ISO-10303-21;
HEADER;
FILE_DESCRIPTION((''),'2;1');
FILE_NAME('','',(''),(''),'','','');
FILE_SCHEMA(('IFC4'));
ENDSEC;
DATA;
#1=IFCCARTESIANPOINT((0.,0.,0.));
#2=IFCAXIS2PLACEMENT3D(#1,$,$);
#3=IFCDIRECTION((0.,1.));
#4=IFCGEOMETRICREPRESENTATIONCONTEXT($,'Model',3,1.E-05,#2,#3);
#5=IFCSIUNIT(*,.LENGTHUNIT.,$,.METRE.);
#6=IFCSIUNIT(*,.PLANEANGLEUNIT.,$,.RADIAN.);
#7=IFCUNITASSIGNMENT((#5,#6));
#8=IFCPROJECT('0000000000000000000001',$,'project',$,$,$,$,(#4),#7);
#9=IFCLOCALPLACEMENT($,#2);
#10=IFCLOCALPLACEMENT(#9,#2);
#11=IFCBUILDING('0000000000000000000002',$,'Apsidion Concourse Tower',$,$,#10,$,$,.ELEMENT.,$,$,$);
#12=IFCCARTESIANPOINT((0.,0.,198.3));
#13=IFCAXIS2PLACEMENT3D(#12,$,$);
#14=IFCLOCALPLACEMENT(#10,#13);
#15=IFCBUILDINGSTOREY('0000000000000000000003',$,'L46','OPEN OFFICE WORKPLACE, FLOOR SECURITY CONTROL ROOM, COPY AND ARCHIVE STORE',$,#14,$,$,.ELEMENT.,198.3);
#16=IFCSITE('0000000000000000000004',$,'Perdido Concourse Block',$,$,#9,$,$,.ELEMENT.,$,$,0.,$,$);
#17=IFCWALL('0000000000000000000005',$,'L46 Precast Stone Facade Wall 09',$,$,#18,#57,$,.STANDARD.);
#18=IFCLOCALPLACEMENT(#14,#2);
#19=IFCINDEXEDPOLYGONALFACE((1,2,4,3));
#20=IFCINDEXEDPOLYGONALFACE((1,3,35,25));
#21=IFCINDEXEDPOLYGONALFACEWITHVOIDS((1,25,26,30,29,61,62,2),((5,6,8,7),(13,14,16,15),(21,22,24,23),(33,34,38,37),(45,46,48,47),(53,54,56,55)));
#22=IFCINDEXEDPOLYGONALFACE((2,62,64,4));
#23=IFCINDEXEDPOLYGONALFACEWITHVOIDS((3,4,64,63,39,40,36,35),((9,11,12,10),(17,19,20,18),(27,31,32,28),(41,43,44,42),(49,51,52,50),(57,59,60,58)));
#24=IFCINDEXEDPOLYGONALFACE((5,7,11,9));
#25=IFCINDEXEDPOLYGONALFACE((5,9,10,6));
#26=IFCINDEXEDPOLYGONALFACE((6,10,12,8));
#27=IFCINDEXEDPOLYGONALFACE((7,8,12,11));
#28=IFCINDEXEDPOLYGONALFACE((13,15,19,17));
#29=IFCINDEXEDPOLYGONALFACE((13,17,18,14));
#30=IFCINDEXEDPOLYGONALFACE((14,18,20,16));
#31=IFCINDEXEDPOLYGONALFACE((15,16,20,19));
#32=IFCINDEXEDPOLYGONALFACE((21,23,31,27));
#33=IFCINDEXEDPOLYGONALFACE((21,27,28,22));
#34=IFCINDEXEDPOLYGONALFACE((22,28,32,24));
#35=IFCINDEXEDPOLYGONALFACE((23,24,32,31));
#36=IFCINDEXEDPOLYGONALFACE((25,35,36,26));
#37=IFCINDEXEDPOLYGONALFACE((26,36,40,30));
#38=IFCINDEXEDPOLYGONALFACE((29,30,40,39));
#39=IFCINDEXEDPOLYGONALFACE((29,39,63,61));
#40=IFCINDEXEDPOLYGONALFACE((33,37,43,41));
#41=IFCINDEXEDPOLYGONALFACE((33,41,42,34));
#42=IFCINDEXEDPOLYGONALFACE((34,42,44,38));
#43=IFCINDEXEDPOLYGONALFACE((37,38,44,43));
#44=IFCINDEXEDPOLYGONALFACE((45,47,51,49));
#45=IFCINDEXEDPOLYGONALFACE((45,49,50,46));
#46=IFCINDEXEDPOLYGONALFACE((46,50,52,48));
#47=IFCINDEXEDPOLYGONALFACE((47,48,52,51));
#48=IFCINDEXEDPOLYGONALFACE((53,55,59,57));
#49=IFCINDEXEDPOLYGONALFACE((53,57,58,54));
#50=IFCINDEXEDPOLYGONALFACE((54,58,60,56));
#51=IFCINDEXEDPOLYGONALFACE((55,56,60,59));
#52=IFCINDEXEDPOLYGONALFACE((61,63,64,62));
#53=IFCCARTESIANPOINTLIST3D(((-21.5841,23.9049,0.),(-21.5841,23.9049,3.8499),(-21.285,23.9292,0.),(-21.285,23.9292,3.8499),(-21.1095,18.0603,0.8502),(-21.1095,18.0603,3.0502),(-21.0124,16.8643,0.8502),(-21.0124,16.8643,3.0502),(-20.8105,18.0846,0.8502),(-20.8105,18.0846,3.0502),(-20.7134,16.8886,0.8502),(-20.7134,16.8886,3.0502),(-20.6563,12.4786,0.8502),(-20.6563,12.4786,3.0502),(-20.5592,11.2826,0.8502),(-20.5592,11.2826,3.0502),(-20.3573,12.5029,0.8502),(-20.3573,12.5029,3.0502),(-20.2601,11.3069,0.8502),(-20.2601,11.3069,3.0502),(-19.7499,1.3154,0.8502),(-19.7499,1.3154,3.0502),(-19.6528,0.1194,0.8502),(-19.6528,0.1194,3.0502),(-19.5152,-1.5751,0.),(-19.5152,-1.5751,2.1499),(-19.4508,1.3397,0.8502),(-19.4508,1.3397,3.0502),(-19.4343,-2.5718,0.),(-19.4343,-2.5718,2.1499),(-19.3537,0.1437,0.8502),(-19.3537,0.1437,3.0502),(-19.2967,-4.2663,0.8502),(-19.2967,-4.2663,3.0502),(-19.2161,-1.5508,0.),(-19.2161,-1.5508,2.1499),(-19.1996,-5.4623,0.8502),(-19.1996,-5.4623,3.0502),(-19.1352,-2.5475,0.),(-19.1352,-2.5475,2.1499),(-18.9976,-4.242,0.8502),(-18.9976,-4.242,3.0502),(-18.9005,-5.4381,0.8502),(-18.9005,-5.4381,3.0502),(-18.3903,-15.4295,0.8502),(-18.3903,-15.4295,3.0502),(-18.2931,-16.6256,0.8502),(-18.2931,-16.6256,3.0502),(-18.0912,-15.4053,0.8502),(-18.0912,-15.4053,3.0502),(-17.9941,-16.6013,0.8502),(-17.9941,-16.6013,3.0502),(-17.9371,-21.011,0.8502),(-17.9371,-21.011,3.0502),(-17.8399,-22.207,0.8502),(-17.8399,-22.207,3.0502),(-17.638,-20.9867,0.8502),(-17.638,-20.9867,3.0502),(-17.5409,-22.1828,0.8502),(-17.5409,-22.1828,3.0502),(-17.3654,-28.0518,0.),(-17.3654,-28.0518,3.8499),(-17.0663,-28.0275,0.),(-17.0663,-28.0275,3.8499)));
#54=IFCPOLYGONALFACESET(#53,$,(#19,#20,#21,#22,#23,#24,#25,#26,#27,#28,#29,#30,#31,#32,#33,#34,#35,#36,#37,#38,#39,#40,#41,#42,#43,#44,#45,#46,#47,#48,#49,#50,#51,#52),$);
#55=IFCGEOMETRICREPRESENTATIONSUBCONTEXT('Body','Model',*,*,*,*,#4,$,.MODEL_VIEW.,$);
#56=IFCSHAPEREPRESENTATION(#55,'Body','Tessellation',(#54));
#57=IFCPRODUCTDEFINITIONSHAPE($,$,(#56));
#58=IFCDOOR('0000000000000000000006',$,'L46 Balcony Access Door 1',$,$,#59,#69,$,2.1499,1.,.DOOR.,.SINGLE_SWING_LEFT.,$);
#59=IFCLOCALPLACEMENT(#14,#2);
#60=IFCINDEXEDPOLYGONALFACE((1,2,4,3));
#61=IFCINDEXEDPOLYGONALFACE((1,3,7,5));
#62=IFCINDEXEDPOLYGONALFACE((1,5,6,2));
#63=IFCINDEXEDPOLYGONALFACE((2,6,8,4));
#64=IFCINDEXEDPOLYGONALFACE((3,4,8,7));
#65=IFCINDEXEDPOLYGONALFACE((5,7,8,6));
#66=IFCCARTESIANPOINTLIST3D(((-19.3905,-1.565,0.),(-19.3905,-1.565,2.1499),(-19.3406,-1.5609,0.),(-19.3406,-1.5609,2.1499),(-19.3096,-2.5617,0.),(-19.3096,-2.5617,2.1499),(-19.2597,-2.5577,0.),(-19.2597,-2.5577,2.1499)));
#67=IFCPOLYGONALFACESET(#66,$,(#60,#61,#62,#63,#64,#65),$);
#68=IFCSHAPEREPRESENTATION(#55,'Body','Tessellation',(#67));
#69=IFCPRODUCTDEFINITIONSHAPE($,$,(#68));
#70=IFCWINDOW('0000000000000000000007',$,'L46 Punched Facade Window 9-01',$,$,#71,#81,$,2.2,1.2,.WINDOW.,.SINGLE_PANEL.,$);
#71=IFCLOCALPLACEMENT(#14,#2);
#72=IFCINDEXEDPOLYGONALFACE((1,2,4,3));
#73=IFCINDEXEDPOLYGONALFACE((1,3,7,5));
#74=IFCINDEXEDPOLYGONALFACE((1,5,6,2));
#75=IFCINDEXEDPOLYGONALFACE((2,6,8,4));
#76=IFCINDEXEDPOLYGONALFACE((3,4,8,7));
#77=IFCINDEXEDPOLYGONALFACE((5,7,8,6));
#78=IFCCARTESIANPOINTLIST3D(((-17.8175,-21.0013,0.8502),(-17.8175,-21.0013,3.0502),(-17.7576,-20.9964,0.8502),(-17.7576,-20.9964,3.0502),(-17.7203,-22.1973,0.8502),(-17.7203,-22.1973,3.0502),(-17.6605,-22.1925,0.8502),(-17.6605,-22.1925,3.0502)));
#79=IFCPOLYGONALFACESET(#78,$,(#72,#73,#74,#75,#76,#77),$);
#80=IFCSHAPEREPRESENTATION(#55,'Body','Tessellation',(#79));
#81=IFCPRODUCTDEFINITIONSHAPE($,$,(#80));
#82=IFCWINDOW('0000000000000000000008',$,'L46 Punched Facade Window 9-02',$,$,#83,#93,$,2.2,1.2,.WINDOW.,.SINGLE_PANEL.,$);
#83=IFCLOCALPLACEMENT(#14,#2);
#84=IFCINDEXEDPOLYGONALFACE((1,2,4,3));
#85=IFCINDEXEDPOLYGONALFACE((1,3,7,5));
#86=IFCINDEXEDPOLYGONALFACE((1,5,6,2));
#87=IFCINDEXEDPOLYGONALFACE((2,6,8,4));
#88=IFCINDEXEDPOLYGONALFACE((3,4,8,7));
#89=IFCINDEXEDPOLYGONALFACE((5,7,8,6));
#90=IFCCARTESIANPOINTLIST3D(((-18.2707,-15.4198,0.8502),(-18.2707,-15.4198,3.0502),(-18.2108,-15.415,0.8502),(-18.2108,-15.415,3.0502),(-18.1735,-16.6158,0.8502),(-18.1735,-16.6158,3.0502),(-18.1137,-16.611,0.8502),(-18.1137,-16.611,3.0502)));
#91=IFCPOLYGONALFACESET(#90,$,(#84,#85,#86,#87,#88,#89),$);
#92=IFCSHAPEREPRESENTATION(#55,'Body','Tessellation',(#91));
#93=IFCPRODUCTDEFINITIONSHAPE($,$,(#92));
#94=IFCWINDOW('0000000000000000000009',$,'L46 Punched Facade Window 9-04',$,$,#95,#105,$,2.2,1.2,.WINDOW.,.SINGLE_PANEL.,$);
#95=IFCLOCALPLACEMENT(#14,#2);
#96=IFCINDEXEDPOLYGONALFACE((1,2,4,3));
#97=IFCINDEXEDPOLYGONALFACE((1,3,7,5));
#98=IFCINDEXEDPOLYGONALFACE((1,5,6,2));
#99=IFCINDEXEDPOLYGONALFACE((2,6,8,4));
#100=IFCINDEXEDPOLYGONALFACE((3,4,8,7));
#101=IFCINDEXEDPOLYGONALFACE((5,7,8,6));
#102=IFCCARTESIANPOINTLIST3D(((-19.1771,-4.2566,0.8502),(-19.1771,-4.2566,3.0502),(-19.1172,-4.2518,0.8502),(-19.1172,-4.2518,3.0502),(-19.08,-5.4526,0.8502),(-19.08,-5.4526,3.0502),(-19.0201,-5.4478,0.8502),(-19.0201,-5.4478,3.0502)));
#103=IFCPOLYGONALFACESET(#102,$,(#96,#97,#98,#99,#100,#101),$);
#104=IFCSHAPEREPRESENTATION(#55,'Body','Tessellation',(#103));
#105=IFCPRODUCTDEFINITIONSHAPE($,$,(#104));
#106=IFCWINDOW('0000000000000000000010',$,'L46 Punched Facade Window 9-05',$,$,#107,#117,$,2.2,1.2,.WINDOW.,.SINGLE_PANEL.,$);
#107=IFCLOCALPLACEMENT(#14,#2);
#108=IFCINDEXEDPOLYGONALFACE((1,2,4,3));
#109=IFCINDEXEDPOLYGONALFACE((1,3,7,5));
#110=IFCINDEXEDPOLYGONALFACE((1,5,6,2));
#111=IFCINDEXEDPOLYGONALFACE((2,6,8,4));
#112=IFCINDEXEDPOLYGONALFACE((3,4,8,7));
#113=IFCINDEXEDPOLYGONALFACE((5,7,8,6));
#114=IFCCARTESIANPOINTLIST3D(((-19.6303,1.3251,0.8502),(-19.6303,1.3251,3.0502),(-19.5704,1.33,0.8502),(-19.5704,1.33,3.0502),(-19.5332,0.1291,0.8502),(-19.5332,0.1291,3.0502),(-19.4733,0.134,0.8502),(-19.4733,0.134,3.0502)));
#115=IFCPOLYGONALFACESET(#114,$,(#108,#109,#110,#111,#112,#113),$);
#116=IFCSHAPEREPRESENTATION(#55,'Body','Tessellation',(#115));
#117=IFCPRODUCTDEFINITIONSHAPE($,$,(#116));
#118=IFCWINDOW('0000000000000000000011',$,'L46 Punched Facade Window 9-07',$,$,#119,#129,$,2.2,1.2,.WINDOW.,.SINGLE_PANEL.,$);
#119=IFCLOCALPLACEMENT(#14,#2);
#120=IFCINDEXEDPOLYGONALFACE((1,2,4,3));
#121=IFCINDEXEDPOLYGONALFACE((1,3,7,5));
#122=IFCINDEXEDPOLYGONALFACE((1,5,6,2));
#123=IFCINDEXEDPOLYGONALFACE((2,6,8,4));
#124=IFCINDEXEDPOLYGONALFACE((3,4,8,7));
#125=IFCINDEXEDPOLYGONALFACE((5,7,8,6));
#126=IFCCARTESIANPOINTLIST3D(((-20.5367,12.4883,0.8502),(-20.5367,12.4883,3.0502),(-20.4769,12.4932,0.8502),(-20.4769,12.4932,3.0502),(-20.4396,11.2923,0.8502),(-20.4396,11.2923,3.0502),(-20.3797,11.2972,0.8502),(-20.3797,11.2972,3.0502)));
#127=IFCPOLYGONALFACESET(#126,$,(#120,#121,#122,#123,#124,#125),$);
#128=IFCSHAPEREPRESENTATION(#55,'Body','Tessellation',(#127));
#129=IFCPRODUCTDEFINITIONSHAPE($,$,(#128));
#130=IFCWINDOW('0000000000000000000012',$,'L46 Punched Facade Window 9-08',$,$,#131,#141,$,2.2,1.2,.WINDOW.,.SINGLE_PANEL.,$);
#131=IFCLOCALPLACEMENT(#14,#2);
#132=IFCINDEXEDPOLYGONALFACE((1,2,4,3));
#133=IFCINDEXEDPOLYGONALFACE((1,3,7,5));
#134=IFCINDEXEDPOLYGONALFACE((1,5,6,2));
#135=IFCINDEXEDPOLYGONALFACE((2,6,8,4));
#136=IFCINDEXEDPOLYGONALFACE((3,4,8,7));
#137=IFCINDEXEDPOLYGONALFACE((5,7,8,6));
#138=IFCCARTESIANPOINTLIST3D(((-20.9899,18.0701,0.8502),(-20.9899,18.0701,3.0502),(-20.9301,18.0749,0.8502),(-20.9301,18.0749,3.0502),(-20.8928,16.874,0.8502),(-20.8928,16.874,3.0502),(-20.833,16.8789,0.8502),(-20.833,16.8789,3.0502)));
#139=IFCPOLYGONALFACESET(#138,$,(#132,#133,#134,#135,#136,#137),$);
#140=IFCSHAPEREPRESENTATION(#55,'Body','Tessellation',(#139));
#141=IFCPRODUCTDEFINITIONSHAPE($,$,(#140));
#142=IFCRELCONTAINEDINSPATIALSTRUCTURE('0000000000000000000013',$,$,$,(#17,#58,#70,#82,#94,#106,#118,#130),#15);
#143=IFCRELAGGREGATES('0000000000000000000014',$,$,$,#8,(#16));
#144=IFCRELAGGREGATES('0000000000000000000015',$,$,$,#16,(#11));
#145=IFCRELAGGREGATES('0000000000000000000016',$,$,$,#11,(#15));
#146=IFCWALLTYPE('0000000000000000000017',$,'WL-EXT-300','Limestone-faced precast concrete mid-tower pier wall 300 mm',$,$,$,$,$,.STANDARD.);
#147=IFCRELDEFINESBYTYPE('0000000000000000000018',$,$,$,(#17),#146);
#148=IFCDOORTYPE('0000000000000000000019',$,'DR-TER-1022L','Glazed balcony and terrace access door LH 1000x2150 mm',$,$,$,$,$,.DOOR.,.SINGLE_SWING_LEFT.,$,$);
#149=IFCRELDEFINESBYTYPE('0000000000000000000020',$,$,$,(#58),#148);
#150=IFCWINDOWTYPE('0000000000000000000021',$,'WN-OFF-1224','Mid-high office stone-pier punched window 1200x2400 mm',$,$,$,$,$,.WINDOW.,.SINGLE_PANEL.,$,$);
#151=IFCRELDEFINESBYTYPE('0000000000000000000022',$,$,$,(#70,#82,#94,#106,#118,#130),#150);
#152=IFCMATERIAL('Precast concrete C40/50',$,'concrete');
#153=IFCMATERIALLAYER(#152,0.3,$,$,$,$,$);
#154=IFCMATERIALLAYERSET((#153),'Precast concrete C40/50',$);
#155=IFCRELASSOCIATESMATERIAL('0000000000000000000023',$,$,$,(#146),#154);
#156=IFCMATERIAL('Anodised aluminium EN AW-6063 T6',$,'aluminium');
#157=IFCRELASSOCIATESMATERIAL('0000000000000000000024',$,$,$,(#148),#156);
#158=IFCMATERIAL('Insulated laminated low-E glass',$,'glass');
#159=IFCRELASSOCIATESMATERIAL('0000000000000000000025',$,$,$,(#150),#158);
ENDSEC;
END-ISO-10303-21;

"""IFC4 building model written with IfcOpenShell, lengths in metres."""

from ifc_helpers import new_model, si_unit, direction, frame, frame_2d, origin, place, context, subcontext, project, spatial, rectangle, extrude, material, layer, layer_set, type_object, element, fill, save


model = new_model("IFC4")

# Units and contexts
model_context = context("Model", 3, precision=1e-05, world=origin(), true_north=direction((0.0, 1.0)))
body_context = subcontext(model_context, "Body", "Model", "MODEL_VIEW")
ifc_project = project(units=[si_unit("LENGTHUNIT", "METRE"), si_unit("PLANEANGLEUNIT", "RADIAN")], contexts=[model_context])

# Site, building, storey
site_placement = place(None, origin())
site = spatial("IfcSite", under=ifc_project, at=site_placement, Name="Perdido Concourse Block", CompositionType="ELEMENT", RefElevation=0.0)
building_placement = place(site_placement, origin())
building = spatial("IfcBuilding", under=site, at=building_placement, Name="Apsidion Concourse Tower", CompositionType="ELEMENT")
storey_placement = place(building_placement, frame((0.0, 0.0, 198.3)))
storey = spatial("IfcBuildingStorey", under=building, at=storey_placement, Name="L46", Description="OPEN OFFICE WORKPLACE, FLOOR SECURITY CONTROL ROOM, COPY AND ARCHIVE STORE", CompositionType="ELEMENT", Elevation=198.3)

# Shared definitions
ifc_material_1 = material(Name="Precast concrete C40/50", Category="concrete")
ifc_layer_1 = layer(ifc_material_1, 0.3)
ifc_layer_set_1 = layer_set([ifc_layer_1], Name="Precast concrete C40/50")
wall_type_1 = type_object("IfcWallType", Name="WL-EXT-300", Description="Limestone-faced precast concrete mid-tower pier wall 300 mm", PredefinedType="STANDARD", material=ifc_layer_set_1)

# Wall, openings, door, windows
wall_1_placement = place(storey_placement, frame((-17.2158, -28.0398, 0.0), z_axis=(0.0, 0.0, 1.0), x_axis=(-0.080931, 0.99672, 0.0)))
wall_1 = element("IfcWall", 1, at=wall_1_placement, inside=storey, type_object=wall_type_1, Name="L46 Precast Stone Facade Wall 09", PredefinedType="STANDARD", context=body_context, shape_type="SweptSolid", body=[
    extrude(rectangle(XDim=52.1277, YDim=0.3, at=frame_2d((26.064, 0.0))), origin(), (0.0, 0.0, 1.0), 3.8499),
])
opening_1_placement = place(wall_1_placement, frame((25.564, 0.0, 0.0)))
opening_1 = element("IfcOpeningElement", 2, at=opening_1_placement, cuts=wall_1, PredefinedType="OPENING", context=body_context, shape_type="SweptSolid", body=[
    extrude(rectangle(XDim=1.0, YDim=2.1499, at=frame_2d((0.5, 1.075))), frame((0.0, 0.1602, 0.0), z_axis=(0.0, -1.0, 0.0), x_axis=(1.0, 0.0, 0.0)), (0.0, 0.0, 1.0), 0.3201),
])
opening_2_placement = place(wall_1_placement, frame((5.864, 0.0, 0.8501)))
opening_2 = element("IfcOpeningElement", 3, at=opening_2_placement, cuts=wall_1, PredefinedType="OPENING", context=body_context, shape_type="SweptSolid", body=[
    extrude(rectangle(XDim=1.2, YDim=2.2, at=frame_2d((0.6001, 1.1001))), frame((0.0, 0.1602, 0.0), z_axis=(0.0, -1.0, 0.0), x_axis=(1.0, 0.0, 0.0)), (0.0, 0.0, 1.0), 0.3201),
])
opening_3_placement = place(wall_1_placement, frame((11.4639, 0.0, 0.8501)))
opening_3 = element("IfcOpeningElement", 4, at=opening_3_placement, cuts=wall_1, PredefinedType="OPENING", context=body_context, shape_type="SweptSolid", body=[
    extrude(rectangle(XDim=1.2, YDim=2.2, at=frame_2d((0.6001, 1.1001))), frame((0.0, 0.1602, 0.0), z_axis=(0.0, -1.0, 0.0), x_axis=(1.0, 0.0, 0.0)), (0.0, 0.0, 1.0), 0.3201),
])
opening_4_placement = place(wall_1_placement, frame((22.6638, 0.0, 0.8501)))
opening_4 = element("IfcOpeningElement", 5, at=opening_4_placement, cuts=wall_1, PredefinedType="OPENING", context=body_context, shape_type="SweptSolid", body=[
    extrude(rectangle(XDim=1.2, YDim=2.2, at=frame_2d((0.6001, 1.1001))), frame((0.0, 0.1602, 0.0), z_axis=(0.0, -1.0, 0.0), x_axis=(1.0, 0.0, 0.0)), (0.0, 0.0, 1.0), 0.3201),
])
opening_5_placement = place(wall_1_placement, frame((28.2639, 0.0, 0.8501)))
opening_5 = element("IfcOpeningElement", 6, at=opening_5_placement, cuts=wall_1, PredefinedType="OPENING", context=body_context, shape_type="SweptSolid", body=[
    extrude(rectangle(XDim=1.2, YDim=2.2, at=frame_2d((0.6001, 1.1001))), frame((0.0, 0.1602, 0.0), z_axis=(0.0, -1.0, 0.0), x_axis=(1.0, 0.0, 0.0)), (0.0, 0.0, 1.0), 0.3201),
])
opening_6_placement = place(wall_1_placement, frame((39.4639, 0.0, 0.8501)))
opening_6 = element("IfcOpeningElement", 7, at=opening_6_placement, cuts=wall_1, PredefinedType="OPENING", context=body_context, shape_type="SweptSolid", body=[
    extrude(rectangle(XDim=1.2, YDim=2.2, at=frame_2d((0.6001, 1.1001))), frame((0.0, 0.1602, 0.0), z_axis=(0.0, -1.0, 0.0), x_axis=(1.0, 0.0, 0.0)), (0.0, 0.0, 1.0), 0.3201),
])
opening_7_placement = place(wall_1_placement, frame((45.064, 0.0, 0.8501)))
opening_7 = element("IfcOpeningElement", 8, at=opening_7_placement, cuts=wall_1, PredefinedType="OPENING", context=body_context, shape_type="SweptSolid", body=[
    extrude(rectangle(XDim=1.2, YDim=2.2, at=frame_2d((0.6001, 1.1001))), frame((0.0, 0.1602, 0.0), z_axis=(0.0, -1.0, 0.0), x_axis=(1.0, 0.0, 0.0)), (0.0, 0.0, 1.0), 0.3201),
])
ifc_material_2 = material(Name="Anodised aluminium EN AW-6063 T6", Category="aluminium")
door_type_1 = type_object("IfcDoorType", Name="DR-TER-1022L", Description="Glazed balcony and terrace access door LH 1000x2150 mm", OperationType="SINGLE_SWING_LEFT", PredefinedType="DOOR", material=ifc_material_2)
door_1_placement = place(opening_1_placement, origin())
door_1 = element("IfcDoor", 9, at=door_1_placement, inside=storey, type_object=door_type_1, Name="L46 Balcony Access Door 1", OperationType="SINGLE_SWING_LEFT", OverallHeight=2.1499, OverallWidth=1.0, PredefinedType="DOOR", context=body_context, shape_type="SweptSolid", body=[
    extrude(rectangle(XDim=1.0, YDim=2.1499, at=frame_2d((0.5, 1.075))), frame((0.0, 0.0249, 0.0), z_axis=(0.0, -1.0, 0.0), x_axis=(1.0, 0.0, 0.0)), (0.0, 0.0, 1.0), 0.05),
])
fill(opening_1, door_1)
ifc_material_3 = material(Name="Insulated laminated low-E glass", Category="glass")
window_type = type_object("IfcWindowType", Name="WN-OFF-1224", Description="Mid-high office stone-pier punched window 1200x2400 mm", PartitioningType="SINGLE_PANEL", PredefinedType="WINDOW", material=ifc_material_3)
window_1_placement = place(opening_2_placement, origin())
window_1 = element("IfcWindow", 10, at=window_1_placement, inside=storey, type_object=window_type, Name="L46 Punched Facade Window 9-01", OverallHeight=2.2, OverallWidth=1.2, PartitioningType="SINGLE_PANEL", PredefinedType="WINDOW", context=body_context, shape_type="SweptSolid", body=[
    extrude(rectangle(XDim=1.2, YDim=2.2, at=frame_2d((0.6001, 1.1001))), frame((0.0, 0.03, 0.0), z_axis=(0.0, -1.0, 0.0), x_axis=(1.0, 0.0, 0.0)), (0.0, 0.0, 1.0), 0.0601),
])
fill(opening_2, window_1)
window_2_placement = place(opening_3_placement, origin())
window_2 = element("IfcWindow", 11, at=window_2_placement, inside=storey, type_object=window_type, Name="L46 Punched Facade Window 9-02", OverallHeight=2.2, OverallWidth=1.2, PartitioningType="SINGLE_PANEL", PredefinedType="WINDOW", context=body_context, shape_type="SweptSolid", body=[
    extrude(rectangle(XDim=1.2, YDim=2.2, at=frame_2d((0.6001, 1.1001))), frame((0.0, 0.03, 0.0), z_axis=(0.0, -1.0, 0.0), x_axis=(1.0, 0.0, 0.0)), (0.0, 0.0, 1.0), 0.0601),
])
fill(opening_3, window_2)
window_3_placement = place(opening_4_placement, origin())
window_3 = element("IfcWindow", 12, at=window_3_placement, inside=storey, type_object=window_type, Name="L46 Punched Facade Window 9-04", OverallHeight=2.2, OverallWidth=1.2, PartitioningType="SINGLE_PANEL", PredefinedType="WINDOW", context=body_context, shape_type="SweptSolid", body=[
    extrude(rectangle(XDim=1.2, YDim=2.2, at=frame_2d((0.6001, 1.1001))), frame((0.0, 0.03, 0.0), z_axis=(0.0, -1.0, 0.0), x_axis=(1.0, 0.0, 0.0)), (0.0, 0.0, 1.0), 0.0601),
])
fill(opening_4, window_3)
window_4_placement = place(opening_5_placement, origin())
window_4 = element("IfcWindow", 13, at=window_4_placement, inside=storey, type_object=window_type, Name="L46 Punched Facade Window 9-05", OverallHeight=2.2, OverallWidth=1.2, PartitioningType="SINGLE_PANEL", PredefinedType="WINDOW", context=body_context, shape_type="SweptSolid", body=[
    extrude(rectangle(XDim=1.2, YDim=2.2, at=frame_2d((0.6001, 1.1001))), frame((0.0, 0.03, 0.0), z_axis=(0.0, -1.0, 0.0), x_axis=(1.0, 0.0, 0.0)), (0.0, 0.0, 1.0), 0.0601),
])
fill(opening_5, window_4)
window_5_placement = place(opening_6_placement, origin())
window_5 = element("IfcWindow", 14, at=window_5_placement, inside=storey, type_object=window_type, Name="L46 Punched Facade Window 9-07", OverallHeight=2.2, OverallWidth=1.2, PartitioningType="SINGLE_PANEL", PredefinedType="WINDOW", context=body_context, shape_type="SweptSolid", body=[
    extrude(rectangle(XDim=1.2, YDim=2.2, at=frame_2d((0.6001, 1.1001))), frame((0.0, 0.03, 0.0), z_axis=(0.0, -1.0, 0.0), x_axis=(1.0, 0.0, 0.0)), (0.0, 0.0, 1.0), 0.0601),
])
fill(opening_6, window_5)
window_6_placement = place(opening_7_placement, origin())
window_6 = element("IfcWindow", 15, at=window_6_placement, inside=storey, type_object=window_type, Name="L46 Punched Facade Window 9-08", OverallHeight=2.2, OverallWidth=1.2, PartitioningType="SINGLE_PANEL", PredefinedType="WINDOW", context=body_context, shape_type="SweptSolid", body=[
    extrude(rectangle(XDim=1.2, YDim=2.2, at=frame_2d((0.6001, 1.1001))), frame((0.0, 0.03, 0.0), z_axis=(0.0, -1.0, 0.0), x_axis=(1.0, 0.0, 0.0)), (0.0, 0.0, 1.0), 0.0601),
])
fill(opening_7, window_6)

save(model, "model.ifc")
